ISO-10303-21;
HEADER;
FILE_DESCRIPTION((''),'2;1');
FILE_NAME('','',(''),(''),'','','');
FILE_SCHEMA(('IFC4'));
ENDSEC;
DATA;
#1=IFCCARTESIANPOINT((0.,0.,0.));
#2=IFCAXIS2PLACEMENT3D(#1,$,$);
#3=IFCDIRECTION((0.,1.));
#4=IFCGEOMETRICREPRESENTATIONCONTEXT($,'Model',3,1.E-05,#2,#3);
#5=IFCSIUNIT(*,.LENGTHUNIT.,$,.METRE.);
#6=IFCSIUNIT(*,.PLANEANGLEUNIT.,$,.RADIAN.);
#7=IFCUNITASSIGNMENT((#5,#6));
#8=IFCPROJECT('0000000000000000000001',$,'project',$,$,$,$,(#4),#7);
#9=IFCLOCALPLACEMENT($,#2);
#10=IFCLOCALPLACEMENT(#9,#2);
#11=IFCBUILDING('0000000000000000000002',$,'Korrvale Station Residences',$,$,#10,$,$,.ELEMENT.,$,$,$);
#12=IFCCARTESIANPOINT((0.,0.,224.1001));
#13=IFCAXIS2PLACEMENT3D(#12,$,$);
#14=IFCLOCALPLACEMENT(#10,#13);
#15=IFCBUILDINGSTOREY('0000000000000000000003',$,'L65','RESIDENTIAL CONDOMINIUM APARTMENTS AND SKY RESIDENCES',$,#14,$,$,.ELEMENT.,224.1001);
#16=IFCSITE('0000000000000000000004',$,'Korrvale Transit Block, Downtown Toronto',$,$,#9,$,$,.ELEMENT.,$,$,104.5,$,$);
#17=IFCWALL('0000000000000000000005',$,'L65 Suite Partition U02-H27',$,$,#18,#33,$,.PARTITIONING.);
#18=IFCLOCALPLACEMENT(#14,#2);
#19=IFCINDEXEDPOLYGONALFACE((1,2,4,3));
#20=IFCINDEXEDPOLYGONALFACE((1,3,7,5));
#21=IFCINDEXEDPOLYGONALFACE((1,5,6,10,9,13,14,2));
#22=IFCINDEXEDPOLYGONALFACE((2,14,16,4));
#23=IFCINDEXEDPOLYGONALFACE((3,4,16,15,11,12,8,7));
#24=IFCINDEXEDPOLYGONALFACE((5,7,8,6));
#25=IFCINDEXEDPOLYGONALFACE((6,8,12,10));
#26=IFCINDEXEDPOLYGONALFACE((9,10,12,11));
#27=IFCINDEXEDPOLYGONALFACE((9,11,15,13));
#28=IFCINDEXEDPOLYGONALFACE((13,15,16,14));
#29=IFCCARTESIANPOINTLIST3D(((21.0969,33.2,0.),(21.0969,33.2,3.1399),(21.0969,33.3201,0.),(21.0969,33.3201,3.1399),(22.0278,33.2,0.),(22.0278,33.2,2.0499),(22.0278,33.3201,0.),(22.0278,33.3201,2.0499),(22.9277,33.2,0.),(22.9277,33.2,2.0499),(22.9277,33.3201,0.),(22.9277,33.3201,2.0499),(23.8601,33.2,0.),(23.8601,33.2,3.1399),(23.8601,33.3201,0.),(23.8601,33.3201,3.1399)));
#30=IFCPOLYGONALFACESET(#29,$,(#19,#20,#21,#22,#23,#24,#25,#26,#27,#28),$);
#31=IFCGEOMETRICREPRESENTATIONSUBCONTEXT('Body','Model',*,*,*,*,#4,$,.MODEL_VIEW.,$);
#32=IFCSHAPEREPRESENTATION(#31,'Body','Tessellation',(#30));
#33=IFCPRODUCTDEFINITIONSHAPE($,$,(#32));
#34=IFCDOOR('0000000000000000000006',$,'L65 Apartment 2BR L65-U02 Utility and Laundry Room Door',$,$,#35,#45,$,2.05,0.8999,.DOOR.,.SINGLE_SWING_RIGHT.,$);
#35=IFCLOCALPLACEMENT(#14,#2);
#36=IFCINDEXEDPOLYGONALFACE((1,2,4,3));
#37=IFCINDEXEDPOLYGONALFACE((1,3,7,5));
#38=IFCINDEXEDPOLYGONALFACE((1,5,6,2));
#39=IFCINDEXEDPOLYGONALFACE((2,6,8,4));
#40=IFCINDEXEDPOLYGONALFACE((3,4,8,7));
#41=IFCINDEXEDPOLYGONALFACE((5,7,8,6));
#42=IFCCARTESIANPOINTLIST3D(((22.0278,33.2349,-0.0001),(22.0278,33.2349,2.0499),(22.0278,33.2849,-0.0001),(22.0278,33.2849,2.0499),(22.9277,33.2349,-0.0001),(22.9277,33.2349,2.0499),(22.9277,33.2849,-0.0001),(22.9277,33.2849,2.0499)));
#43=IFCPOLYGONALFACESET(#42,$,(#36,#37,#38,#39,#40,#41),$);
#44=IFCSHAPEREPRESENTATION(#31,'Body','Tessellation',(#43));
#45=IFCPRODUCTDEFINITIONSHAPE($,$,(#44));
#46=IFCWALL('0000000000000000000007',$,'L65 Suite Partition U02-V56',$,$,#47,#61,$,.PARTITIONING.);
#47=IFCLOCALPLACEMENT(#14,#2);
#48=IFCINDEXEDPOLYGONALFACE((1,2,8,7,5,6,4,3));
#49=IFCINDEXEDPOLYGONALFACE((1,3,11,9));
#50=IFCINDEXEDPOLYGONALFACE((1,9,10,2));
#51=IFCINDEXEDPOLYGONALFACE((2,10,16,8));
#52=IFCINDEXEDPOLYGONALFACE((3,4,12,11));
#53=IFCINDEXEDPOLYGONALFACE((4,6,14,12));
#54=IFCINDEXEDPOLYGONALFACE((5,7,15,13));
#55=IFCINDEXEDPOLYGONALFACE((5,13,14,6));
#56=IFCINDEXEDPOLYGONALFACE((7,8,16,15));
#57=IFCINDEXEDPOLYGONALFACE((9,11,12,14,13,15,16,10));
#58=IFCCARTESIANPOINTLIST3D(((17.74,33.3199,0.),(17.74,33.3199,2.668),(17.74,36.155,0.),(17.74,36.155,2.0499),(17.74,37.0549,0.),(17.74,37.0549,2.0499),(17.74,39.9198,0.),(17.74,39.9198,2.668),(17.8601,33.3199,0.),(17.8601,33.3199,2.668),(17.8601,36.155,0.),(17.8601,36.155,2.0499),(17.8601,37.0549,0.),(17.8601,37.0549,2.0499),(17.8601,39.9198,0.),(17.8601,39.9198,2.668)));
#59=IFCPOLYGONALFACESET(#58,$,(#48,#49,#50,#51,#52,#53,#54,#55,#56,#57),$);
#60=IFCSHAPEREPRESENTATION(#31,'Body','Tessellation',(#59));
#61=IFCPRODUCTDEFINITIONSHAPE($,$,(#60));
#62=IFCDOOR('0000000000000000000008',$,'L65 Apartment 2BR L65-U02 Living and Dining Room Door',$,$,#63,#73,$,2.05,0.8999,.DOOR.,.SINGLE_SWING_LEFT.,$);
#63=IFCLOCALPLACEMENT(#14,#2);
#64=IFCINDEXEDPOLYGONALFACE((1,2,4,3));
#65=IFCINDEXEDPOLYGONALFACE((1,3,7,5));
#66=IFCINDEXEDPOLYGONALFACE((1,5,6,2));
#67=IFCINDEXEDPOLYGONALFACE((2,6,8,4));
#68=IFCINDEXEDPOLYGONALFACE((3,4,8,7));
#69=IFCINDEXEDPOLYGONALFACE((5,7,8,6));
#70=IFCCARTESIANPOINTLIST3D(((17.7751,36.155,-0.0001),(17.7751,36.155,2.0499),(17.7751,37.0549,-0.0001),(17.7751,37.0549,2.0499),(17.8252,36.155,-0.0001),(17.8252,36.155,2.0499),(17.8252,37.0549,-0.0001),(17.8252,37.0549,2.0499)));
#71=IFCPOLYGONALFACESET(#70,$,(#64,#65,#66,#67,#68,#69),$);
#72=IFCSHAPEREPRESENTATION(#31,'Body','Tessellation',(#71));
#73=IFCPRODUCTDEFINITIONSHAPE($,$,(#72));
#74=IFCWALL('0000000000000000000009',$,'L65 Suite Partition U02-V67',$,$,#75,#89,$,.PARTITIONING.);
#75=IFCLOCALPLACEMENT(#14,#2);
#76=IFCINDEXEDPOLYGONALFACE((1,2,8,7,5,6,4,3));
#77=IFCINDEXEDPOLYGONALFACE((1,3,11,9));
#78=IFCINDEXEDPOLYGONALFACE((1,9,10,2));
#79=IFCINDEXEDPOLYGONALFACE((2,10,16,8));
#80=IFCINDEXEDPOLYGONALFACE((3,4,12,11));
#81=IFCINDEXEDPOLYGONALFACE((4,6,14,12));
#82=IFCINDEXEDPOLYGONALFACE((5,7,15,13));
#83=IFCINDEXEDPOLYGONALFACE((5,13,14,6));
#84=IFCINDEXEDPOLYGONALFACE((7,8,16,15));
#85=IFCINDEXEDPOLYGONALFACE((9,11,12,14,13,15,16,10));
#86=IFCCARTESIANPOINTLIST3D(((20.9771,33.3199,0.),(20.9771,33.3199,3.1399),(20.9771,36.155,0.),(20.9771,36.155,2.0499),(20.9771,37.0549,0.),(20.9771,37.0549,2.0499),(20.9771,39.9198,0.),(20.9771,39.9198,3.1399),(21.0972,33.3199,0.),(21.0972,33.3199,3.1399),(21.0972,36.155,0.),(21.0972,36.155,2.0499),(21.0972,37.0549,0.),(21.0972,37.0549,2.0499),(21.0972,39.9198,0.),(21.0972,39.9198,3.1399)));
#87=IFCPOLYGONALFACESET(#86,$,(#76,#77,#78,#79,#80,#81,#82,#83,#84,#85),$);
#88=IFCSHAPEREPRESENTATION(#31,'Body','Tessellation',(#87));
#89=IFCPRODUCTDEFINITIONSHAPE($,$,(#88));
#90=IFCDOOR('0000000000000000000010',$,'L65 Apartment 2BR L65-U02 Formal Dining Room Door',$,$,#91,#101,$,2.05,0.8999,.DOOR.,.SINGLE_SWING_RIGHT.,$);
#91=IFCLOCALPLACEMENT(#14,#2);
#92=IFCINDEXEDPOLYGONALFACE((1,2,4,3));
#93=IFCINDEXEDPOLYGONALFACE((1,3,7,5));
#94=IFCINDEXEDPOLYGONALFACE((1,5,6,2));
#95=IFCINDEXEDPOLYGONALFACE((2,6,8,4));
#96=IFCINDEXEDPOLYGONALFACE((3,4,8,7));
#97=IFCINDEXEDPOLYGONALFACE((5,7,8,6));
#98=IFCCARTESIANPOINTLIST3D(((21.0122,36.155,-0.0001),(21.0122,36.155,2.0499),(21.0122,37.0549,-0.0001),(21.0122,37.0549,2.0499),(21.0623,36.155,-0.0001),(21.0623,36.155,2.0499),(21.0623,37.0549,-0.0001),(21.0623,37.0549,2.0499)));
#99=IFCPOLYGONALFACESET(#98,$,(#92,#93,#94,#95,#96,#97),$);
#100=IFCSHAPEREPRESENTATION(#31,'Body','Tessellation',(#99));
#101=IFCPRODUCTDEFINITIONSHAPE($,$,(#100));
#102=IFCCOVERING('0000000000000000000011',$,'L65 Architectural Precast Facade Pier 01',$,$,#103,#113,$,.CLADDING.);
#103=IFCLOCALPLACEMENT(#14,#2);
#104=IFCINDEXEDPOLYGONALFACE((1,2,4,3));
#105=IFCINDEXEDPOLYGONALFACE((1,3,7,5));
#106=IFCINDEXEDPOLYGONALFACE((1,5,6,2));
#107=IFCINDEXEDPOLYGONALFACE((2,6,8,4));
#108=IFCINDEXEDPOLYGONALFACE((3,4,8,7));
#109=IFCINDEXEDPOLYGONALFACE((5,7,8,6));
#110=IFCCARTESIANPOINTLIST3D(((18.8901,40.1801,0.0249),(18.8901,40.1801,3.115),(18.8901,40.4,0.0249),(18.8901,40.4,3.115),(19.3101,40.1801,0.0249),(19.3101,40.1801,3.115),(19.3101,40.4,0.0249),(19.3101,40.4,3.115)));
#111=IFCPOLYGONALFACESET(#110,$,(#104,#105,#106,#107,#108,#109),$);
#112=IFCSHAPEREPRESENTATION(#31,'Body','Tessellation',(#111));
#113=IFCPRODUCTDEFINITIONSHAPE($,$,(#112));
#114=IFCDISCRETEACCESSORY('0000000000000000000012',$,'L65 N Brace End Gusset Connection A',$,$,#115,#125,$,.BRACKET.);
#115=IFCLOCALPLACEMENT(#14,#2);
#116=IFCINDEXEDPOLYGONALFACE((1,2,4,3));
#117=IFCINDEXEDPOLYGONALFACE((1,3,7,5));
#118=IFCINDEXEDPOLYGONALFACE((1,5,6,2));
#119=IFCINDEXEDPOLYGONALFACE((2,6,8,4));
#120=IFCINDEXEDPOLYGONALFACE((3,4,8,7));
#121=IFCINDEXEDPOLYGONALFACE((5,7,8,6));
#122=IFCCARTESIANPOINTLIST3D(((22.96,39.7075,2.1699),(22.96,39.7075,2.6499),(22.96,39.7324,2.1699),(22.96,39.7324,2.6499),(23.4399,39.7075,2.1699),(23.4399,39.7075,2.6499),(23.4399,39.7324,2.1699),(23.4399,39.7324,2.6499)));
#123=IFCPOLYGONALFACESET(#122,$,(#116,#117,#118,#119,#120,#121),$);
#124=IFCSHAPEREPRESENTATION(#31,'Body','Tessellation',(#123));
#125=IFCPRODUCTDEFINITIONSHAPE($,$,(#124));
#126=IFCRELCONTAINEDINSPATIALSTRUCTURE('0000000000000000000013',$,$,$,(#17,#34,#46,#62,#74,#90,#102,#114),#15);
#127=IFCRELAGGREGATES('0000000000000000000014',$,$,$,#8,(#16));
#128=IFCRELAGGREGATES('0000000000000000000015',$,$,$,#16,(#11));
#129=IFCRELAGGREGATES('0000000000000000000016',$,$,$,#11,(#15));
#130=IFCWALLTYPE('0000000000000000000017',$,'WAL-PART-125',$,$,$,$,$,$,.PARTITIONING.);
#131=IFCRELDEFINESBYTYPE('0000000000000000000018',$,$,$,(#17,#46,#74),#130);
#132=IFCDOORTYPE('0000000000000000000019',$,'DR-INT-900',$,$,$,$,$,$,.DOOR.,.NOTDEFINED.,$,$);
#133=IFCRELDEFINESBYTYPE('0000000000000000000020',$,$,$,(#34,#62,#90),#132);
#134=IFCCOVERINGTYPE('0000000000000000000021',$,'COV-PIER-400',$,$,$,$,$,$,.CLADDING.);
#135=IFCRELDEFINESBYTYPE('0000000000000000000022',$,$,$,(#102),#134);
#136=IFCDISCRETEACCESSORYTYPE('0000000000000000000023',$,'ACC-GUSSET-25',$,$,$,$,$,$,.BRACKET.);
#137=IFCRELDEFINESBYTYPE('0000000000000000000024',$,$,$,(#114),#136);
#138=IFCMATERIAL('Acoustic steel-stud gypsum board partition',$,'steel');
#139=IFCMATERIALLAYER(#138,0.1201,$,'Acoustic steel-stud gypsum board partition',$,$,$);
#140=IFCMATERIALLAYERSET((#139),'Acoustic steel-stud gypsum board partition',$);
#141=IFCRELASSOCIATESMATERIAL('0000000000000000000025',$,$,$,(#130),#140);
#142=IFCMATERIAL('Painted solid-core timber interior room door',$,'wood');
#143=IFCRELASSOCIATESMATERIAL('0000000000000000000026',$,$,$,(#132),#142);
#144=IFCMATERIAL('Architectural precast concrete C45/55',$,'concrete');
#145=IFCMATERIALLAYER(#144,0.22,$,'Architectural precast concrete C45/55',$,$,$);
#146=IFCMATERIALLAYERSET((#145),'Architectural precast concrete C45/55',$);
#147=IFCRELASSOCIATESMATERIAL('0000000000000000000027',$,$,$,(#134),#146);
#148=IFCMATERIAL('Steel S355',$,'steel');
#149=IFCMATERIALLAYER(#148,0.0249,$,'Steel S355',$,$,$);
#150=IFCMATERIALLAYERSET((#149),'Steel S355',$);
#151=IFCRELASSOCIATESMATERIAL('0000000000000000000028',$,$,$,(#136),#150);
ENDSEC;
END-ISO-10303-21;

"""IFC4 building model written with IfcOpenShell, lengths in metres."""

from ifc_helpers import new_model, si_unit, direction, frame, frame_2d, origin, origin_2d, place, context, subcontext, project, spatial, rectangle, extrude, material, layer, layer_set, type_object, element, fill, save


model = new_model("IFC4")

# Units and contexts
model_context = context("Model", 3, precision=1e-05, world=origin(), true_north=direction((0.0, 1.0)))
body_context = subcontext(model_context, "Body", "Model", "MODEL_VIEW")
ifc_project = project(units=[si_unit("LENGTHUNIT", "METRE"), si_unit("PLANEANGLEUNIT", "RADIAN")], contexts=[model_context])

# Site, building, storey
site_placement = place(None, origin())
site = spatial("IfcSite", under=ifc_project, at=site_placement, Name="Korrvale Transit Block, Downtown Toronto", CompositionType="ELEMENT", RefElevation=104.5)
building_placement = place(site_placement, origin())
building = spatial("IfcBuilding", under=site, at=building_placement, Name="Korrvale Station Residences", CompositionType="ELEMENT")
storey_placement = place(building_placement, frame((0.0, 0.0, 224.1001)))
storey = spatial("IfcBuildingStorey", under=building, at=storey_placement, Name="L65", Description="RESIDENTIAL CONDOMINIUM APARTMENTS AND SKY RESIDENCES", CompositionType="ELEMENT", Elevation=224.1001)

# Shared definitions
ifc_material_1 = material(Name="Steel S355", Category="steel")

# Shared definitions
ifc_material_2 = material(Name="Acoustic steel-stud gypsum board partition", Category="steel")
ifc_layer_1 = layer(ifc_material_2, 0.1201, Name="Acoustic steel-stud gypsum board partition")
ifc_layer_set_1 = layer_set([ifc_layer_1], Name="Acoustic steel-stud gypsum board partition")
wall_type = type_object("IfcWallType", Name="WAL-PART-125", PredefinedType="PARTITIONING", material=ifc_layer_set_1)
ifc_material_3 = material(Name="Painted solid-core timber interior room door", Category="wood")
door_type_1 = type_object("IfcDoorType", Name="DR-INT-900", OperationType="NOTDEFINED", PredefinedType="DOOR", material=ifc_material_3)

# Walls, openings, doors
wall_1_placement = place(storey_placement, frame((21.0969, 33.26, 0.0), z_axis=(0.0, 0.0, 1.0), x_axis=(1.0, 0.0, 0.0)))
wall_1 = element("IfcWall", 1, at=wall_1_placement, inside=storey, type_object=wall_type, Name="L65 Suite Partition U02-H27", PredefinedType="PARTITIONING", context=body_context, shape_type="SweptSolid", body=[
    extrude(rectangle(XDim=2.7632, YDim=0.1201, at=frame_2d((1.3816, 0.0))), origin(), (0.0, 0.0, 1.0), 3.1399),
])
opening_1_placement = place(wall_1_placement, frame((0.9309, 0.0, 0.0)))
opening_1 = element("IfcOpeningElement", 2, at=opening_1_placement, cuts=wall_1, PredefinedType="OPENING", context=body_context, shape_type="SweptSolid", body=[
    extrude(rectangle(XDim=0.8999, YDim=2.05, at=frame_2d((0.45, 1.0249))), frame((0.0, 0.0701, 0.0), z_axis=(0.0, -1.0, 0.0), x_axis=(1.0, 0.0, 0.0)), (0.0, 0.0, 1.0), 0.1401),
])
door_1_placement = place(opening_1_placement, origin())
door_1 = element("IfcDoor", 3, at=door_1_placement, inside=storey, type_object=door_type_1, Name="L65 Apartment 2BR L65-U02 Utility and Laundry Room Door", OperationType="SINGLE_SWING_RIGHT", OverallHeight=2.05, OverallWidth=0.8999, PredefinedType="DOOR", context=body_context, shape_type="SweptSolid", body=[
    extrude(rectangle(XDim=0.8999, YDim=2.05, at=frame_2d((0.45, 1.0249))), frame((0.0, 0.0249, 0.0), z_axis=(0.0, -1.0, 0.0), x_axis=(1.0, 0.0, 0.0)), (0.0, 0.0, 1.0), 0.05),
])
fill(opening_1, door_1)
wall_2_placement = place(storey_placement, frame((17.8, 33.3201, 0.0), z_axis=(0.0, 0.0, 1.0), x_axis=(0.0, 1.0, 0.0)))
wall_2 = element("IfcWall", 4, at=wall_2_placement, inside=storey, type_object=wall_type, Name="L65 Suite Partition U02-V56", PredefinedType="PARTITIONING", context=body_context, shape_type="SweptSolid", body=[
    extrude(rectangle(XDim=6.5999, YDim=0.1201, at=frame_2d((3.2998, 0.0))), origin(), (0.0, 0.0, 1.0), 2.668),
])
opening_2_placement = place(wall_2_placement, frame((2.835, 0.0, 0.0)))
opening_2 = element("IfcOpeningElement", 5, at=opening_2_placement, cuts=wall_2, PredefinedType="OPENING", context=body_context, shape_type="SweptSolid", body=[
    extrude(rectangle(XDim=0.8999, YDim=2.05, at=frame_2d((0.45, 1.0249))), frame((0.0, 0.0701, 0.0), z_axis=(0.0, -1.0, 0.0), x_axis=(1.0, 0.0, 0.0)), (0.0, 0.0, 1.0), 0.1401),
])
door_2_placement = place(opening_2_placement, origin())
door_2 = element("IfcDoor", 6, at=door_2_placement, inside=storey, type_object=door_type_1, Name="L65 Apartment 2BR L65-U02 Living and Dining Room Door", OperationType="SINGLE_SWING_LEFT", OverallHeight=2.05, OverallWidth=0.8999, PredefinedType="DOOR", context=body_context, shape_type="SweptSolid", body=[
    extrude(rectangle(XDim=0.8999, YDim=2.05, at=frame_2d((0.45, 1.0249))), frame((0.0, 0.0249, 0.0), z_axis=(0.0, -1.0, 0.0), x_axis=(1.0, 0.0, 0.0)), (0.0, 0.0, 1.0), 0.05),
])
fill(opening_2, door_2)
wall_3_placement = place(storey_placement, frame((21.0371, 33.3201, 0.0), z_axis=(0.0, 0.0, 1.0), x_axis=(0.0, 1.0, 0.0)))
wall_3 = element("IfcWall", 7, at=wall_3_placement, inside=storey, type_object=wall_type, Name="L65 Suite Partition U02-V67", PredefinedType="PARTITIONING", context=body_context, shape_type="SweptSolid", body=[
    extrude(rectangle(XDim=6.5999, YDim=0.1201, at=frame_2d((3.2998, 0.0))), origin(), (0.0, 0.0, 1.0), 3.1399),
])
opening_3_placement = place(wall_3_placement, frame((2.835, 0.0, 0.0)))
opening_3 = element("IfcOpeningElement", 8, at=opening_3_placement, cuts=wall_3, PredefinedType="OPENING", context=body_context, shape_type="SweptSolid", body=[
    extrude(rectangle(XDim=0.8999, YDim=2.05, at=frame_2d((0.45, 1.0249))), frame((0.0, 0.0701, 0.0), z_axis=(0.0, -1.0, 0.0), x_axis=(1.0, 0.0, 0.0)), (0.0, 0.0, 1.0), 0.1401),
])
door_3_placement = place(opening_3_placement, origin())
door_3 = element("IfcDoor", 9, at=door_3_placement, inside=storey, type_object=door_type_1, Name="L65 Apartment 2BR L65-U02 Formal Dining Room Door", OperationType="SINGLE_SWING_RIGHT", OverallHeight=2.05, OverallWidth=0.8999, PredefinedType="DOOR", context=body_context, shape_type="SweptSolid", body=[
    extrude(rectangle(XDim=0.8999, YDim=2.05, at=frame_2d((0.45, 1.0249))), frame((0.0, 0.0249, 0.0), z_axis=(0.0, -1.0, 0.0), x_axis=(1.0, 0.0, 0.0)), (0.0, 0.0, 1.0), 0.05),
])
fill(opening_3, door_3)

# Covering
ifc_material_4 = material(Name="Architectural precast concrete C45/55", Category="concrete")
ifc_layer_2 = layer(ifc_material_4, 0.22, Name="Architectural precast concrete C45/55")
ifc_layer_set_2 = layer_set([ifc_layer_2], Name="Architectural precast concrete C45/55")
covering_type = type_object("IfcCoveringType", Name="COV-PIER-400", PredefinedType="CLADDING", material=ifc_layer_set_2)
covering_placement = place(storey_placement, frame((19.1001, 40.29, 0.0249), z_axis=(0.0, 0.0, 1.0), x_axis=(1.0, 0.0, 0.0)))
element("IfcCovering", 10, at=covering_placement, inside=storey, type_object=covering_type, Name="L65 Architectural Precast Facade Pier 01", PredefinedType="CLADDING", context=body_context, shape_type="SweptSolid", body=[
    extrude(rectangle(XDim=0.4199, YDim=0.22, at=origin_2d()), origin(), (0.0, 0.0, 1.0), 3.0901),
])

# Discrete accessory
ifc_layer_3 = layer(ifc_material_1, 0.0249, Name="Steel S355")
ifc_layer_set_3 = layer_set([ifc_layer_3], Name="Steel S355")
discrete_accessory_type = type_object("IfcDiscreteAccessoryType", Name="ACC-GUSSET-25", PredefinedType="BRACKET", material=ifc_layer_set_3)
discrete_accessory_placement = place(storey_placement, frame((23.2, 39.72, 2.1699), z_axis=(0.0, 0.0, 1.0), x_axis=(1.0, 0.0, 0.0)))
element("IfcDiscreteAccessory", 11, at=discrete_accessory_placement, inside=storey, type_object=discrete_accessory_type, Name="L65 N Brace End Gusset Connection A", PredefinedType="BRACKET", context=body_context, shape_type="SweptSolid", body=[
    extrude(rectangle(XDim=0.48, YDim=0.0249, at=origin_2d()), origin(), (0.0, 0.0, 1.0), 0.48),
])

save(model, "model.ifc")
